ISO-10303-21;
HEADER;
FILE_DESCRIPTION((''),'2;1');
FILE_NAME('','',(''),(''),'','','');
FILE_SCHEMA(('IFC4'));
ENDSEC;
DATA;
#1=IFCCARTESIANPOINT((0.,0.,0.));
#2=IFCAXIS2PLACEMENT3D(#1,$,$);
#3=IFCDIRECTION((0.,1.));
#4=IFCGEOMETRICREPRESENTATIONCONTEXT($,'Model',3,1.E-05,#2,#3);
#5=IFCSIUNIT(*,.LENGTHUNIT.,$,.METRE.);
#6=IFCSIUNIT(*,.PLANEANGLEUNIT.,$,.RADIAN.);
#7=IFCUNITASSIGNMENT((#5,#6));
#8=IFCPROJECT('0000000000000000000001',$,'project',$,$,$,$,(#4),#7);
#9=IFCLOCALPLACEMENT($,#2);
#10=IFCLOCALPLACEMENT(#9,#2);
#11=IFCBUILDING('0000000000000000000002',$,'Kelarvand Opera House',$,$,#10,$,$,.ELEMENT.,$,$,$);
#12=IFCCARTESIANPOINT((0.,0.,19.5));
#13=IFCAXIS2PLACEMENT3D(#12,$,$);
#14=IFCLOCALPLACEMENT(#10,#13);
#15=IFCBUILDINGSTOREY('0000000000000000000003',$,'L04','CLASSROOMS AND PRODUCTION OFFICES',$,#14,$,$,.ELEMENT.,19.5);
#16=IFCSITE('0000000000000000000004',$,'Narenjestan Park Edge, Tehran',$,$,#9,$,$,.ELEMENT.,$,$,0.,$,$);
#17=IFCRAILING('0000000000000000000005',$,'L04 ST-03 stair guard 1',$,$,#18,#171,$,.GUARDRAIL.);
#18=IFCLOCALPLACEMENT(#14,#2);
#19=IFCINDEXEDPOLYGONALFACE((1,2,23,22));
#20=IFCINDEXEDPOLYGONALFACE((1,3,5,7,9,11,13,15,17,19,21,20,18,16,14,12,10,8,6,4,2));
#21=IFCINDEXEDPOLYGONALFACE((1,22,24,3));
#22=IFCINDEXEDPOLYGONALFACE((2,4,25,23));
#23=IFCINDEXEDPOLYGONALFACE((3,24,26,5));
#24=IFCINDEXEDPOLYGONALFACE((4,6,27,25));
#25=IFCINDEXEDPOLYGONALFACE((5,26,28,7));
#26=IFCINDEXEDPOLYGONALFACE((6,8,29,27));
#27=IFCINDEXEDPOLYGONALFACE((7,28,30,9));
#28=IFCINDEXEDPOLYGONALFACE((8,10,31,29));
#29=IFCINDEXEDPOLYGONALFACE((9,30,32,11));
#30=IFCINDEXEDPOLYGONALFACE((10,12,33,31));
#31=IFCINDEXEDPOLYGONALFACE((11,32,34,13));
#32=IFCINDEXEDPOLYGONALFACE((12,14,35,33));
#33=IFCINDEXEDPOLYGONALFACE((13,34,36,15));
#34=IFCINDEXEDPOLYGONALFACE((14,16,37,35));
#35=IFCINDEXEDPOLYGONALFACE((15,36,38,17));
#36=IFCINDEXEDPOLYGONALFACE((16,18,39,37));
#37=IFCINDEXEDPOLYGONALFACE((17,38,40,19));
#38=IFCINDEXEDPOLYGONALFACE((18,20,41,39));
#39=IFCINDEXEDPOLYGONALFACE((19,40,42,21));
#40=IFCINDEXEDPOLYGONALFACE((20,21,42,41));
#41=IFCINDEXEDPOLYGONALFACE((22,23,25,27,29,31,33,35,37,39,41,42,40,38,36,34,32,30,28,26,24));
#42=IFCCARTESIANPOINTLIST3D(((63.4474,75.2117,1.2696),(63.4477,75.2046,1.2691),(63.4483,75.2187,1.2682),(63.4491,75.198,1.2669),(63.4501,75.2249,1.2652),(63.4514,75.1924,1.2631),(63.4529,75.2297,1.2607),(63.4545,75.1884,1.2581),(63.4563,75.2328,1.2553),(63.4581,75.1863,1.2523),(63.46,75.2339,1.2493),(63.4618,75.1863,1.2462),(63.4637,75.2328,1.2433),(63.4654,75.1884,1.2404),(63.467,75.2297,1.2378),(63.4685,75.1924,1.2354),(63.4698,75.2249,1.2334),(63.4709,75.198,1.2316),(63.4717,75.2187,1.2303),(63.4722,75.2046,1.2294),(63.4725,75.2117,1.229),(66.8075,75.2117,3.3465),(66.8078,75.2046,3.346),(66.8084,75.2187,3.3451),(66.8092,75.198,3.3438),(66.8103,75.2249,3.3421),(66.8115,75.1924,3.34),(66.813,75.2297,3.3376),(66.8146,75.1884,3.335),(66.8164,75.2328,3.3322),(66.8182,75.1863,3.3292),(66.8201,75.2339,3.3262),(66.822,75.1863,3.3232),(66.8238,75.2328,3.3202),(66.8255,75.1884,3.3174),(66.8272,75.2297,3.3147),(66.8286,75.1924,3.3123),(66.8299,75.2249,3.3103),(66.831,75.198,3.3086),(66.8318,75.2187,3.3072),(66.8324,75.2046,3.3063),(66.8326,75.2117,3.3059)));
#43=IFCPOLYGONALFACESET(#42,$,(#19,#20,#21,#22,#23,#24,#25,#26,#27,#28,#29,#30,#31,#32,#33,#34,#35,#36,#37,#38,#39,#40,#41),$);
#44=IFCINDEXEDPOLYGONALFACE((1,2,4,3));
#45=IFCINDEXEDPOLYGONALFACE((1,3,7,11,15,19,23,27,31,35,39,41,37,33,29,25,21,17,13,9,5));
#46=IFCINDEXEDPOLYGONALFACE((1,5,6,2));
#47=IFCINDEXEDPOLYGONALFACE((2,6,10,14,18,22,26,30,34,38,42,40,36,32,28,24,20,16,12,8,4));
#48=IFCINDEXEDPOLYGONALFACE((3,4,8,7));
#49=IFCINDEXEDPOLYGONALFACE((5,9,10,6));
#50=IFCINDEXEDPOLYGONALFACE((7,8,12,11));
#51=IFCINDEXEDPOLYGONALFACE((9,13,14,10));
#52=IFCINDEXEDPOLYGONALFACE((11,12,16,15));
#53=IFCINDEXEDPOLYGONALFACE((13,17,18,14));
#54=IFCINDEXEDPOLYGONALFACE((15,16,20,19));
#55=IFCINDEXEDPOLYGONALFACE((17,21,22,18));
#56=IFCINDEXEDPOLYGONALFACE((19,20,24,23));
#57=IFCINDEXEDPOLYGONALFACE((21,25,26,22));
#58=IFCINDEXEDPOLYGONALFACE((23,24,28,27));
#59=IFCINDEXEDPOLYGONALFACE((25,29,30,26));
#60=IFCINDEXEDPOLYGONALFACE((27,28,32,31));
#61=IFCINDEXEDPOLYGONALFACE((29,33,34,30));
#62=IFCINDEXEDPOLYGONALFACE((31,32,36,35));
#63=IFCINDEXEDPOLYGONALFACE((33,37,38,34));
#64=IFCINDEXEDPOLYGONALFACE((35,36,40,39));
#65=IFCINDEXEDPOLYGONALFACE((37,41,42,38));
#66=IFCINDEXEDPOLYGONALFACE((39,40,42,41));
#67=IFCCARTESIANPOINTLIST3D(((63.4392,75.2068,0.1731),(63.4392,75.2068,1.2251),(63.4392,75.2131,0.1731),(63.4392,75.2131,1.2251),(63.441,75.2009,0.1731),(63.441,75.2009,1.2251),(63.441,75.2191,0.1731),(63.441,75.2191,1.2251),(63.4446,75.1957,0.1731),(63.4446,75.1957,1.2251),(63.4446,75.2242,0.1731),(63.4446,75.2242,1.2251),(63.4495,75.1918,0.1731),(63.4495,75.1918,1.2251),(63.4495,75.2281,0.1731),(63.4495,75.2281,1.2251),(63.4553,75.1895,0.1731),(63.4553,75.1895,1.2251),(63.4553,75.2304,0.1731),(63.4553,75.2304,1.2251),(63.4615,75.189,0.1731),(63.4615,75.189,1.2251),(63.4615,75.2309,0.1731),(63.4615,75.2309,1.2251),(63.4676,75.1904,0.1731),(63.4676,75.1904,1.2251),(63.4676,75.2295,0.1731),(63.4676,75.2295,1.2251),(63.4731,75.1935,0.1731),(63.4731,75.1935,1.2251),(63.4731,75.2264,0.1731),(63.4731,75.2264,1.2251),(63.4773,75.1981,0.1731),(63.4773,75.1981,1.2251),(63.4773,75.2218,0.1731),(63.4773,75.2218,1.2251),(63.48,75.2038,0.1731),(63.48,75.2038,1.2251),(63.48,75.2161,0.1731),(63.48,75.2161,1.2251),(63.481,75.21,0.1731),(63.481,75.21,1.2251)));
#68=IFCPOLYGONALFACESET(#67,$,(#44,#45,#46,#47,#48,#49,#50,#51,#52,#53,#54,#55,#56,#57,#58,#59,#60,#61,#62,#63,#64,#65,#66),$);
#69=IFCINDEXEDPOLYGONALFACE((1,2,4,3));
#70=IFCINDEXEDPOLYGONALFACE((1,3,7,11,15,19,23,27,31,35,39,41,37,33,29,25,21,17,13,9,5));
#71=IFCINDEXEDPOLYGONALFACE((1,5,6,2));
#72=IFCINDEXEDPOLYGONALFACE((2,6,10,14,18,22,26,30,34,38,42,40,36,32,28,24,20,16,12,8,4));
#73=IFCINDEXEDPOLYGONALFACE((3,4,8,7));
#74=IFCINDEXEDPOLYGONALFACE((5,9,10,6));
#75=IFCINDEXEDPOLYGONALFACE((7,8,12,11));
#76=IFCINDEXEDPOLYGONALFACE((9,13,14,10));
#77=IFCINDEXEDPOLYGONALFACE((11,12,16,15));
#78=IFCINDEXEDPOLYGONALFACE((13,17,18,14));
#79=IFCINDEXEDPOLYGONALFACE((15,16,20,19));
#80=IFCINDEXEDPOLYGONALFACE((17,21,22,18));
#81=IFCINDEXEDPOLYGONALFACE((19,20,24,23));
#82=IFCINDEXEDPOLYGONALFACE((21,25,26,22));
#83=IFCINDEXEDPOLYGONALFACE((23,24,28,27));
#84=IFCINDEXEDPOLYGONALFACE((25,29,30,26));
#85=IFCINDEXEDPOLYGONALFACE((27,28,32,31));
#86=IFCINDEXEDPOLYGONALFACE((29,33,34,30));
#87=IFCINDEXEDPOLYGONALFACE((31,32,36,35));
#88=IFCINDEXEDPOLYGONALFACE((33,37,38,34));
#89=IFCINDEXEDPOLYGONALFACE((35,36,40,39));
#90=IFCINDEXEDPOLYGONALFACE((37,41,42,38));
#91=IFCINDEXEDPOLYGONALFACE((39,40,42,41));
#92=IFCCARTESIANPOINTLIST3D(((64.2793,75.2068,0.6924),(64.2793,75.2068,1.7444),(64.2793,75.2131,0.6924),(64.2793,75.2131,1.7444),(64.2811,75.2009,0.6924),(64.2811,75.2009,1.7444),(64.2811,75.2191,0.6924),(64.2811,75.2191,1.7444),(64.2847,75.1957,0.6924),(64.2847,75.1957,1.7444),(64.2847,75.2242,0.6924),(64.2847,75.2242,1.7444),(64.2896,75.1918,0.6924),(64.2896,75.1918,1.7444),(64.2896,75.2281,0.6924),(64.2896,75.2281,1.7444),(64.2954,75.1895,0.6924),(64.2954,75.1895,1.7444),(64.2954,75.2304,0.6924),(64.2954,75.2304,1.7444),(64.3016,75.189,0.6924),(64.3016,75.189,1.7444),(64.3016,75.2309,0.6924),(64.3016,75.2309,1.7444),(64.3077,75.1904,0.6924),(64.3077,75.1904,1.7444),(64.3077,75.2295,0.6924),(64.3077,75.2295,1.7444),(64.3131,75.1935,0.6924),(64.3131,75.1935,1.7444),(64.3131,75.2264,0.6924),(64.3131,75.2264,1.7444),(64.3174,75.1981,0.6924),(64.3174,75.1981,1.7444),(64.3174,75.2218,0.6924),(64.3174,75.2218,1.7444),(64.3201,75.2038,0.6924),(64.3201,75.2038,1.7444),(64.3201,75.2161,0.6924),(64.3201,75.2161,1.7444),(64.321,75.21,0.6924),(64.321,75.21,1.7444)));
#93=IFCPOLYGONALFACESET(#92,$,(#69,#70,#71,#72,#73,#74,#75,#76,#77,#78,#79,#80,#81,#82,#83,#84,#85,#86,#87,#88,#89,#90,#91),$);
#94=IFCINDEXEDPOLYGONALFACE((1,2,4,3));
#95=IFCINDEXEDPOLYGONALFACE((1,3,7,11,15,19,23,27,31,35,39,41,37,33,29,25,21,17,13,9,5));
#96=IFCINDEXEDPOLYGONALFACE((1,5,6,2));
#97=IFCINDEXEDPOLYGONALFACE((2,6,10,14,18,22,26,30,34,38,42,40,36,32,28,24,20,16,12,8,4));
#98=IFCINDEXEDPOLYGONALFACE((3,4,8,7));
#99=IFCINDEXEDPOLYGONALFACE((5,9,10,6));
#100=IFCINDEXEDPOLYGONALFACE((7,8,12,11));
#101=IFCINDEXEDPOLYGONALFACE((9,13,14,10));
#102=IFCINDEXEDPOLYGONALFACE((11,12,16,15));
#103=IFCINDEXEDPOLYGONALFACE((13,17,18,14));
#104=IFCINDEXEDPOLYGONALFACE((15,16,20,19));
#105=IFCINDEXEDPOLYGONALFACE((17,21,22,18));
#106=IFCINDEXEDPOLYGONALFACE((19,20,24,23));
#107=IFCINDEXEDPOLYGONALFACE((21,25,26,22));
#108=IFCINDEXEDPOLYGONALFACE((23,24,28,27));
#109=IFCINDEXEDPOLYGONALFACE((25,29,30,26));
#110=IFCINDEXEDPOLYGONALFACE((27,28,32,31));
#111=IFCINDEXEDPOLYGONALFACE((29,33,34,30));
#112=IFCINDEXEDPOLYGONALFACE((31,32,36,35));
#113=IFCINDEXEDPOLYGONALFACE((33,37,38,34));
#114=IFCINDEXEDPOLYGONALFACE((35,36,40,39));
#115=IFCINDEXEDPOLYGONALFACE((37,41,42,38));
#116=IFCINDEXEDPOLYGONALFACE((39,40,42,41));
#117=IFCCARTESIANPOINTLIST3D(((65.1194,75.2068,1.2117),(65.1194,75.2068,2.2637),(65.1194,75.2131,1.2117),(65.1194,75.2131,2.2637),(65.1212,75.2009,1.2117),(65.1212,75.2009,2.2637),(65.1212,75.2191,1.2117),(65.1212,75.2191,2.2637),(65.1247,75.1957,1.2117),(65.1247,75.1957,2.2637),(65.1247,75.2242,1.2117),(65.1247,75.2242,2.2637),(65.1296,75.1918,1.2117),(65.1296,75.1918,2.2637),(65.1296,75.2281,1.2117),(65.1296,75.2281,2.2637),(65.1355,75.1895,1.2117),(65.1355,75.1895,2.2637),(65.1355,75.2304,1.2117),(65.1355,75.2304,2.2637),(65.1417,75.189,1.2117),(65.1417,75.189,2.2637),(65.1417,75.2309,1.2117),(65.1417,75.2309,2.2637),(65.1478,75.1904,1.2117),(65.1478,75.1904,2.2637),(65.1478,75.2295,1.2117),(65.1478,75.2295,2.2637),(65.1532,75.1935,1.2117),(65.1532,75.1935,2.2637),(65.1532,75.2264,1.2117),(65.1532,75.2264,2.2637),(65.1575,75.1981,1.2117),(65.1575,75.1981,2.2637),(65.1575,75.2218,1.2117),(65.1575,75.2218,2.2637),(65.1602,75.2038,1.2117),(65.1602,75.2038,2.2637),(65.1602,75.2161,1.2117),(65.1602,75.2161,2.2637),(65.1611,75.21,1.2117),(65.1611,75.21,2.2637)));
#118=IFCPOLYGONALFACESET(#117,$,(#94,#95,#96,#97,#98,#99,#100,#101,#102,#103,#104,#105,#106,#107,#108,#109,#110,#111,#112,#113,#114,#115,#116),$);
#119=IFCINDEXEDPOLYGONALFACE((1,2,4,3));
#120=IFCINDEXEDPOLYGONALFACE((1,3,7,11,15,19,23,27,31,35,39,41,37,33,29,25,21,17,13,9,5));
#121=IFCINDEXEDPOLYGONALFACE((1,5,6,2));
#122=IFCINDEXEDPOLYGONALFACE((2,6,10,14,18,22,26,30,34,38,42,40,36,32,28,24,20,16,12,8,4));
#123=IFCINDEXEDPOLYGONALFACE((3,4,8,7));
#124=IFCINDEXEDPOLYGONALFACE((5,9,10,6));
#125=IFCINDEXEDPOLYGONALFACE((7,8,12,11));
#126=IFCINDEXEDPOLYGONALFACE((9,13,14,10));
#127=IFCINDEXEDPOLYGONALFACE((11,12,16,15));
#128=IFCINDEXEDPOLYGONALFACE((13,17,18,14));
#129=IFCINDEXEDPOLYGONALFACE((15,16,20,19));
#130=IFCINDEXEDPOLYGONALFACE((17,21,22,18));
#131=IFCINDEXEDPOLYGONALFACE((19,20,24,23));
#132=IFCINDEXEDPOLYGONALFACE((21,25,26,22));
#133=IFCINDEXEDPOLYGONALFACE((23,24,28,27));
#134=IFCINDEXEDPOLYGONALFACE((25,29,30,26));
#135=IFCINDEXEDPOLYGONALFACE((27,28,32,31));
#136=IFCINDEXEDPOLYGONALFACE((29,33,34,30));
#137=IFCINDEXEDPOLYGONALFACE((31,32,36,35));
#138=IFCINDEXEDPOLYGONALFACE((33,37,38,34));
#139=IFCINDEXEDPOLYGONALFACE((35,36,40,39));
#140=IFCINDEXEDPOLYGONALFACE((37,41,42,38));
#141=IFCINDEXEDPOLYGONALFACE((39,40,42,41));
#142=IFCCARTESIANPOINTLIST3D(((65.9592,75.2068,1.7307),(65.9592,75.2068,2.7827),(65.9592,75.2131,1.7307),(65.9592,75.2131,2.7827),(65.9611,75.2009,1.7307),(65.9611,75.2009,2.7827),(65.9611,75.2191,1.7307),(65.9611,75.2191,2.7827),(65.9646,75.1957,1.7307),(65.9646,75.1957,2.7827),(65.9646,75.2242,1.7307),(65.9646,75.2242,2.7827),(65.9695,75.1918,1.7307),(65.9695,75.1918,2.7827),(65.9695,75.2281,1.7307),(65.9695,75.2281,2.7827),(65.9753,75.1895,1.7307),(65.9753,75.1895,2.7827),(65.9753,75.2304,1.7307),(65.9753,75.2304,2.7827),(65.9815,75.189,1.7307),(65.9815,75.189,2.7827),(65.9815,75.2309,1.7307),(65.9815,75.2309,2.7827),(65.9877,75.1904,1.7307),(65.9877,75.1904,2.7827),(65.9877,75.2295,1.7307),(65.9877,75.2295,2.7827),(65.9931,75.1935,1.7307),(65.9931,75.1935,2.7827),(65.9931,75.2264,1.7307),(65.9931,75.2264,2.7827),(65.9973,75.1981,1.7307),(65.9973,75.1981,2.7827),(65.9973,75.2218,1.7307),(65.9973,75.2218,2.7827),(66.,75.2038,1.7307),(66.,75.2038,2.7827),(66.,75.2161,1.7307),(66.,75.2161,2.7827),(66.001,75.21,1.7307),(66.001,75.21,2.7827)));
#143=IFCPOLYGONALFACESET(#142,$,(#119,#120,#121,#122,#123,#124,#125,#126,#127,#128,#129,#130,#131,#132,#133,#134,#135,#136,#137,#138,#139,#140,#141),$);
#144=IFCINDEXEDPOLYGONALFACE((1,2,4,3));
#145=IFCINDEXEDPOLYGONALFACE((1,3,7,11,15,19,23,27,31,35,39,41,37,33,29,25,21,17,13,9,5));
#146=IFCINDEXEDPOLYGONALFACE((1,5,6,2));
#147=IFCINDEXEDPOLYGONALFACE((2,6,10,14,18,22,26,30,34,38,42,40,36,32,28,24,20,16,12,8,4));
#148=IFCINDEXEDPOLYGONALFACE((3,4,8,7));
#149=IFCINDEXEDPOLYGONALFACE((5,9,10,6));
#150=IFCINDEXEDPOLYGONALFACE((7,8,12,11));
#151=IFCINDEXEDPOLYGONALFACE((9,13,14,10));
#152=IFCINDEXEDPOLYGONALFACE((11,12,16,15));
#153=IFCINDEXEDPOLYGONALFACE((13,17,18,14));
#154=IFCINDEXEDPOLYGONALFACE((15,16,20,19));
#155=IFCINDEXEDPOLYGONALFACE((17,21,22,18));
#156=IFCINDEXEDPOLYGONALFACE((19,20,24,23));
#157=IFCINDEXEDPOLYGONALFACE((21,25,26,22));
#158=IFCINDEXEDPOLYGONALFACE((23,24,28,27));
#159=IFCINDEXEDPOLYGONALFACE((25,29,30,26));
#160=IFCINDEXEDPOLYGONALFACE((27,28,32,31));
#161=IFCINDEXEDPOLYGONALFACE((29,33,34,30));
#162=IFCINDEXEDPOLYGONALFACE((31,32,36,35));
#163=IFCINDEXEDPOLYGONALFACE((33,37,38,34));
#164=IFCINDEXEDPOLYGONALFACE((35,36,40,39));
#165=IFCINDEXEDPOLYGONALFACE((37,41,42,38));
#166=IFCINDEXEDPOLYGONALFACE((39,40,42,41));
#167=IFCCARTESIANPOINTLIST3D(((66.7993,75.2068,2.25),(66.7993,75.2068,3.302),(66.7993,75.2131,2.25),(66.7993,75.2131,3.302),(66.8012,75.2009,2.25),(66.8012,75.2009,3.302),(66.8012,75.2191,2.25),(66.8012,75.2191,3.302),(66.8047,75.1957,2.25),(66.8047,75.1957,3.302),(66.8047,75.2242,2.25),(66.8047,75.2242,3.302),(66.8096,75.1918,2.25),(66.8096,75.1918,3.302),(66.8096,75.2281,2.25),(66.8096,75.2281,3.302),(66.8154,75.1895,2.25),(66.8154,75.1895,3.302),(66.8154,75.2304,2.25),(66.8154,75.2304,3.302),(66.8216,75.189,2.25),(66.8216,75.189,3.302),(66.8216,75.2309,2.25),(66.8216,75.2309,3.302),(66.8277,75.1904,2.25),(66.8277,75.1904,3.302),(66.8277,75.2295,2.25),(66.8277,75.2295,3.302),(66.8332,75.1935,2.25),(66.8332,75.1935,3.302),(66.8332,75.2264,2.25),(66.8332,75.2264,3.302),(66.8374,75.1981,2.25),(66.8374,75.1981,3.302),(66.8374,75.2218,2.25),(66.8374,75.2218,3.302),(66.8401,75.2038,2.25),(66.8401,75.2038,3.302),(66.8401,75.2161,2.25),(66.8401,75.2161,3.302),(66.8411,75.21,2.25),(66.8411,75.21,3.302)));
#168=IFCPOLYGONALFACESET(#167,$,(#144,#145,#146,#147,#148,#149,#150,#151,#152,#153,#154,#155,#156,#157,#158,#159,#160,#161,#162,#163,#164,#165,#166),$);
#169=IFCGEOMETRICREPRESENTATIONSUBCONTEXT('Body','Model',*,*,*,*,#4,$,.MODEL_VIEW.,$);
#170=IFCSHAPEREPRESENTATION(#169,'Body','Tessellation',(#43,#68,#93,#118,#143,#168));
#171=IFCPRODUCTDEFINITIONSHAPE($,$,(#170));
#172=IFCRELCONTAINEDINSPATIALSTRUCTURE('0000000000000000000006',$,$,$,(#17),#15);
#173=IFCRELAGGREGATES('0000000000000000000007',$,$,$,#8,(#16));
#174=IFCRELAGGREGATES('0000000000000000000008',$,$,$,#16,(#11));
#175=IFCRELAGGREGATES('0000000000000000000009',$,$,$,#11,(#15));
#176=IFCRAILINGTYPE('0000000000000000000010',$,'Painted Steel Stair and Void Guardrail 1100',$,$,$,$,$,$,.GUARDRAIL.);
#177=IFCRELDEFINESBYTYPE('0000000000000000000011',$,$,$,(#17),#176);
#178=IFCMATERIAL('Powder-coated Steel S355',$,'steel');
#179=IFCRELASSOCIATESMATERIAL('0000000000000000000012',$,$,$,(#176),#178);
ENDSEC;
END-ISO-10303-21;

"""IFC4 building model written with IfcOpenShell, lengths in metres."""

from ifc_helpers import new_model, si_unit, direction, frame, origin, origin_2d, place, context, subcontext, project, spatial, circle, extrude, material, type_object, element, save


model = new_model("IFC4")

# Units and contexts
model_context = context("Model", 3, precision=1e-05, world=origin(), true_north=direction((0.0, 1.0)))
body_context = subcontext(model_context, "Body", "Model", "MODEL_VIEW")
ifc_project = project(units=[si_unit("LENGTHUNIT", "METRE"), si_unit("PLANEANGLEUNIT", "RADIAN")], contexts=[model_context])

# Site, building, storey
site_placement = place(None, origin())
site = spatial("IfcSite", under=ifc_project, at=site_placement, Name="Narenjestan Park Edge, Tehran", CompositionType="ELEMENT", RefElevation=0.0)
building_placement = place(site_placement, origin())
building = spatial("IfcBuilding", under=site, at=building_placement, Name="Kelarvand Opera House", CompositionType="ELEMENT")
storey_placement = place(building_placement, frame((0.0, 0.0, 19.5)))
storey = spatial("IfcBuildingStorey", under=building, at=storey_placement, Name="L04", Description="CLASSROOMS AND PRODUCTION OFFICES", CompositionType="ELEMENT", Elevation=19.5)

# Railing
ifc_material_1 = material(Name="Powder-coated Steel S355", Category="steel")
railing_type_1 = type_object("IfcRailingType", Name="Painted Steel Stair and Void Guardrail 1100", PredefinedType="GUARDRAIL", material=ifc_material_1)
railing_1_placement = place(storey_placement, frame((63.46, 75.21, 0.1731)))
element("IfcRailing", 1, at=railing_1_placement, inside=storey, type_object=railing_type_1, Name="L04 ST-03 stair guard 1", PredefinedType="GUARDRAIL", context=body_context, shape_type="SweptSolid", body=[
    extrude(circle(Radius=0.0239, at=origin_2d()), frame((0.0, 0.0, 1.0762), z_axis=(0.850623, 0.0, 0.525776), x_axis=(0.0, 1.0, 0.0)), (0.0, 0.0, 1.0), 3.9502),
    extrude(circle(Radius=0.021, at=origin_2d()), origin(), (0.0, 0.0, 1.0), 1.052),
    extrude(circle(Radius=0.021, at=origin_2d()), frame((0.8401, 0.0, 0.5193)), (0.0, 0.0, 1.0), 1.052),
    extrude(circle(Radius=0.021, at=origin_2d()), frame((1.6802, 0.0, 1.0386)), (0.0, 0.0, 1.0), 1.052),
    extrude(circle(Radius=0.021, at=origin_2d()), frame((2.52, 0.0, 1.5576)), (0.0, 0.0, 1.0), 1.052),
    extrude(circle(Radius=0.021, at=origin_2d()), frame((3.3601, 0.0, 2.0769)), (0.0, 0.0, 1.0), 1.052),
])

save(model, "model.ifc")
